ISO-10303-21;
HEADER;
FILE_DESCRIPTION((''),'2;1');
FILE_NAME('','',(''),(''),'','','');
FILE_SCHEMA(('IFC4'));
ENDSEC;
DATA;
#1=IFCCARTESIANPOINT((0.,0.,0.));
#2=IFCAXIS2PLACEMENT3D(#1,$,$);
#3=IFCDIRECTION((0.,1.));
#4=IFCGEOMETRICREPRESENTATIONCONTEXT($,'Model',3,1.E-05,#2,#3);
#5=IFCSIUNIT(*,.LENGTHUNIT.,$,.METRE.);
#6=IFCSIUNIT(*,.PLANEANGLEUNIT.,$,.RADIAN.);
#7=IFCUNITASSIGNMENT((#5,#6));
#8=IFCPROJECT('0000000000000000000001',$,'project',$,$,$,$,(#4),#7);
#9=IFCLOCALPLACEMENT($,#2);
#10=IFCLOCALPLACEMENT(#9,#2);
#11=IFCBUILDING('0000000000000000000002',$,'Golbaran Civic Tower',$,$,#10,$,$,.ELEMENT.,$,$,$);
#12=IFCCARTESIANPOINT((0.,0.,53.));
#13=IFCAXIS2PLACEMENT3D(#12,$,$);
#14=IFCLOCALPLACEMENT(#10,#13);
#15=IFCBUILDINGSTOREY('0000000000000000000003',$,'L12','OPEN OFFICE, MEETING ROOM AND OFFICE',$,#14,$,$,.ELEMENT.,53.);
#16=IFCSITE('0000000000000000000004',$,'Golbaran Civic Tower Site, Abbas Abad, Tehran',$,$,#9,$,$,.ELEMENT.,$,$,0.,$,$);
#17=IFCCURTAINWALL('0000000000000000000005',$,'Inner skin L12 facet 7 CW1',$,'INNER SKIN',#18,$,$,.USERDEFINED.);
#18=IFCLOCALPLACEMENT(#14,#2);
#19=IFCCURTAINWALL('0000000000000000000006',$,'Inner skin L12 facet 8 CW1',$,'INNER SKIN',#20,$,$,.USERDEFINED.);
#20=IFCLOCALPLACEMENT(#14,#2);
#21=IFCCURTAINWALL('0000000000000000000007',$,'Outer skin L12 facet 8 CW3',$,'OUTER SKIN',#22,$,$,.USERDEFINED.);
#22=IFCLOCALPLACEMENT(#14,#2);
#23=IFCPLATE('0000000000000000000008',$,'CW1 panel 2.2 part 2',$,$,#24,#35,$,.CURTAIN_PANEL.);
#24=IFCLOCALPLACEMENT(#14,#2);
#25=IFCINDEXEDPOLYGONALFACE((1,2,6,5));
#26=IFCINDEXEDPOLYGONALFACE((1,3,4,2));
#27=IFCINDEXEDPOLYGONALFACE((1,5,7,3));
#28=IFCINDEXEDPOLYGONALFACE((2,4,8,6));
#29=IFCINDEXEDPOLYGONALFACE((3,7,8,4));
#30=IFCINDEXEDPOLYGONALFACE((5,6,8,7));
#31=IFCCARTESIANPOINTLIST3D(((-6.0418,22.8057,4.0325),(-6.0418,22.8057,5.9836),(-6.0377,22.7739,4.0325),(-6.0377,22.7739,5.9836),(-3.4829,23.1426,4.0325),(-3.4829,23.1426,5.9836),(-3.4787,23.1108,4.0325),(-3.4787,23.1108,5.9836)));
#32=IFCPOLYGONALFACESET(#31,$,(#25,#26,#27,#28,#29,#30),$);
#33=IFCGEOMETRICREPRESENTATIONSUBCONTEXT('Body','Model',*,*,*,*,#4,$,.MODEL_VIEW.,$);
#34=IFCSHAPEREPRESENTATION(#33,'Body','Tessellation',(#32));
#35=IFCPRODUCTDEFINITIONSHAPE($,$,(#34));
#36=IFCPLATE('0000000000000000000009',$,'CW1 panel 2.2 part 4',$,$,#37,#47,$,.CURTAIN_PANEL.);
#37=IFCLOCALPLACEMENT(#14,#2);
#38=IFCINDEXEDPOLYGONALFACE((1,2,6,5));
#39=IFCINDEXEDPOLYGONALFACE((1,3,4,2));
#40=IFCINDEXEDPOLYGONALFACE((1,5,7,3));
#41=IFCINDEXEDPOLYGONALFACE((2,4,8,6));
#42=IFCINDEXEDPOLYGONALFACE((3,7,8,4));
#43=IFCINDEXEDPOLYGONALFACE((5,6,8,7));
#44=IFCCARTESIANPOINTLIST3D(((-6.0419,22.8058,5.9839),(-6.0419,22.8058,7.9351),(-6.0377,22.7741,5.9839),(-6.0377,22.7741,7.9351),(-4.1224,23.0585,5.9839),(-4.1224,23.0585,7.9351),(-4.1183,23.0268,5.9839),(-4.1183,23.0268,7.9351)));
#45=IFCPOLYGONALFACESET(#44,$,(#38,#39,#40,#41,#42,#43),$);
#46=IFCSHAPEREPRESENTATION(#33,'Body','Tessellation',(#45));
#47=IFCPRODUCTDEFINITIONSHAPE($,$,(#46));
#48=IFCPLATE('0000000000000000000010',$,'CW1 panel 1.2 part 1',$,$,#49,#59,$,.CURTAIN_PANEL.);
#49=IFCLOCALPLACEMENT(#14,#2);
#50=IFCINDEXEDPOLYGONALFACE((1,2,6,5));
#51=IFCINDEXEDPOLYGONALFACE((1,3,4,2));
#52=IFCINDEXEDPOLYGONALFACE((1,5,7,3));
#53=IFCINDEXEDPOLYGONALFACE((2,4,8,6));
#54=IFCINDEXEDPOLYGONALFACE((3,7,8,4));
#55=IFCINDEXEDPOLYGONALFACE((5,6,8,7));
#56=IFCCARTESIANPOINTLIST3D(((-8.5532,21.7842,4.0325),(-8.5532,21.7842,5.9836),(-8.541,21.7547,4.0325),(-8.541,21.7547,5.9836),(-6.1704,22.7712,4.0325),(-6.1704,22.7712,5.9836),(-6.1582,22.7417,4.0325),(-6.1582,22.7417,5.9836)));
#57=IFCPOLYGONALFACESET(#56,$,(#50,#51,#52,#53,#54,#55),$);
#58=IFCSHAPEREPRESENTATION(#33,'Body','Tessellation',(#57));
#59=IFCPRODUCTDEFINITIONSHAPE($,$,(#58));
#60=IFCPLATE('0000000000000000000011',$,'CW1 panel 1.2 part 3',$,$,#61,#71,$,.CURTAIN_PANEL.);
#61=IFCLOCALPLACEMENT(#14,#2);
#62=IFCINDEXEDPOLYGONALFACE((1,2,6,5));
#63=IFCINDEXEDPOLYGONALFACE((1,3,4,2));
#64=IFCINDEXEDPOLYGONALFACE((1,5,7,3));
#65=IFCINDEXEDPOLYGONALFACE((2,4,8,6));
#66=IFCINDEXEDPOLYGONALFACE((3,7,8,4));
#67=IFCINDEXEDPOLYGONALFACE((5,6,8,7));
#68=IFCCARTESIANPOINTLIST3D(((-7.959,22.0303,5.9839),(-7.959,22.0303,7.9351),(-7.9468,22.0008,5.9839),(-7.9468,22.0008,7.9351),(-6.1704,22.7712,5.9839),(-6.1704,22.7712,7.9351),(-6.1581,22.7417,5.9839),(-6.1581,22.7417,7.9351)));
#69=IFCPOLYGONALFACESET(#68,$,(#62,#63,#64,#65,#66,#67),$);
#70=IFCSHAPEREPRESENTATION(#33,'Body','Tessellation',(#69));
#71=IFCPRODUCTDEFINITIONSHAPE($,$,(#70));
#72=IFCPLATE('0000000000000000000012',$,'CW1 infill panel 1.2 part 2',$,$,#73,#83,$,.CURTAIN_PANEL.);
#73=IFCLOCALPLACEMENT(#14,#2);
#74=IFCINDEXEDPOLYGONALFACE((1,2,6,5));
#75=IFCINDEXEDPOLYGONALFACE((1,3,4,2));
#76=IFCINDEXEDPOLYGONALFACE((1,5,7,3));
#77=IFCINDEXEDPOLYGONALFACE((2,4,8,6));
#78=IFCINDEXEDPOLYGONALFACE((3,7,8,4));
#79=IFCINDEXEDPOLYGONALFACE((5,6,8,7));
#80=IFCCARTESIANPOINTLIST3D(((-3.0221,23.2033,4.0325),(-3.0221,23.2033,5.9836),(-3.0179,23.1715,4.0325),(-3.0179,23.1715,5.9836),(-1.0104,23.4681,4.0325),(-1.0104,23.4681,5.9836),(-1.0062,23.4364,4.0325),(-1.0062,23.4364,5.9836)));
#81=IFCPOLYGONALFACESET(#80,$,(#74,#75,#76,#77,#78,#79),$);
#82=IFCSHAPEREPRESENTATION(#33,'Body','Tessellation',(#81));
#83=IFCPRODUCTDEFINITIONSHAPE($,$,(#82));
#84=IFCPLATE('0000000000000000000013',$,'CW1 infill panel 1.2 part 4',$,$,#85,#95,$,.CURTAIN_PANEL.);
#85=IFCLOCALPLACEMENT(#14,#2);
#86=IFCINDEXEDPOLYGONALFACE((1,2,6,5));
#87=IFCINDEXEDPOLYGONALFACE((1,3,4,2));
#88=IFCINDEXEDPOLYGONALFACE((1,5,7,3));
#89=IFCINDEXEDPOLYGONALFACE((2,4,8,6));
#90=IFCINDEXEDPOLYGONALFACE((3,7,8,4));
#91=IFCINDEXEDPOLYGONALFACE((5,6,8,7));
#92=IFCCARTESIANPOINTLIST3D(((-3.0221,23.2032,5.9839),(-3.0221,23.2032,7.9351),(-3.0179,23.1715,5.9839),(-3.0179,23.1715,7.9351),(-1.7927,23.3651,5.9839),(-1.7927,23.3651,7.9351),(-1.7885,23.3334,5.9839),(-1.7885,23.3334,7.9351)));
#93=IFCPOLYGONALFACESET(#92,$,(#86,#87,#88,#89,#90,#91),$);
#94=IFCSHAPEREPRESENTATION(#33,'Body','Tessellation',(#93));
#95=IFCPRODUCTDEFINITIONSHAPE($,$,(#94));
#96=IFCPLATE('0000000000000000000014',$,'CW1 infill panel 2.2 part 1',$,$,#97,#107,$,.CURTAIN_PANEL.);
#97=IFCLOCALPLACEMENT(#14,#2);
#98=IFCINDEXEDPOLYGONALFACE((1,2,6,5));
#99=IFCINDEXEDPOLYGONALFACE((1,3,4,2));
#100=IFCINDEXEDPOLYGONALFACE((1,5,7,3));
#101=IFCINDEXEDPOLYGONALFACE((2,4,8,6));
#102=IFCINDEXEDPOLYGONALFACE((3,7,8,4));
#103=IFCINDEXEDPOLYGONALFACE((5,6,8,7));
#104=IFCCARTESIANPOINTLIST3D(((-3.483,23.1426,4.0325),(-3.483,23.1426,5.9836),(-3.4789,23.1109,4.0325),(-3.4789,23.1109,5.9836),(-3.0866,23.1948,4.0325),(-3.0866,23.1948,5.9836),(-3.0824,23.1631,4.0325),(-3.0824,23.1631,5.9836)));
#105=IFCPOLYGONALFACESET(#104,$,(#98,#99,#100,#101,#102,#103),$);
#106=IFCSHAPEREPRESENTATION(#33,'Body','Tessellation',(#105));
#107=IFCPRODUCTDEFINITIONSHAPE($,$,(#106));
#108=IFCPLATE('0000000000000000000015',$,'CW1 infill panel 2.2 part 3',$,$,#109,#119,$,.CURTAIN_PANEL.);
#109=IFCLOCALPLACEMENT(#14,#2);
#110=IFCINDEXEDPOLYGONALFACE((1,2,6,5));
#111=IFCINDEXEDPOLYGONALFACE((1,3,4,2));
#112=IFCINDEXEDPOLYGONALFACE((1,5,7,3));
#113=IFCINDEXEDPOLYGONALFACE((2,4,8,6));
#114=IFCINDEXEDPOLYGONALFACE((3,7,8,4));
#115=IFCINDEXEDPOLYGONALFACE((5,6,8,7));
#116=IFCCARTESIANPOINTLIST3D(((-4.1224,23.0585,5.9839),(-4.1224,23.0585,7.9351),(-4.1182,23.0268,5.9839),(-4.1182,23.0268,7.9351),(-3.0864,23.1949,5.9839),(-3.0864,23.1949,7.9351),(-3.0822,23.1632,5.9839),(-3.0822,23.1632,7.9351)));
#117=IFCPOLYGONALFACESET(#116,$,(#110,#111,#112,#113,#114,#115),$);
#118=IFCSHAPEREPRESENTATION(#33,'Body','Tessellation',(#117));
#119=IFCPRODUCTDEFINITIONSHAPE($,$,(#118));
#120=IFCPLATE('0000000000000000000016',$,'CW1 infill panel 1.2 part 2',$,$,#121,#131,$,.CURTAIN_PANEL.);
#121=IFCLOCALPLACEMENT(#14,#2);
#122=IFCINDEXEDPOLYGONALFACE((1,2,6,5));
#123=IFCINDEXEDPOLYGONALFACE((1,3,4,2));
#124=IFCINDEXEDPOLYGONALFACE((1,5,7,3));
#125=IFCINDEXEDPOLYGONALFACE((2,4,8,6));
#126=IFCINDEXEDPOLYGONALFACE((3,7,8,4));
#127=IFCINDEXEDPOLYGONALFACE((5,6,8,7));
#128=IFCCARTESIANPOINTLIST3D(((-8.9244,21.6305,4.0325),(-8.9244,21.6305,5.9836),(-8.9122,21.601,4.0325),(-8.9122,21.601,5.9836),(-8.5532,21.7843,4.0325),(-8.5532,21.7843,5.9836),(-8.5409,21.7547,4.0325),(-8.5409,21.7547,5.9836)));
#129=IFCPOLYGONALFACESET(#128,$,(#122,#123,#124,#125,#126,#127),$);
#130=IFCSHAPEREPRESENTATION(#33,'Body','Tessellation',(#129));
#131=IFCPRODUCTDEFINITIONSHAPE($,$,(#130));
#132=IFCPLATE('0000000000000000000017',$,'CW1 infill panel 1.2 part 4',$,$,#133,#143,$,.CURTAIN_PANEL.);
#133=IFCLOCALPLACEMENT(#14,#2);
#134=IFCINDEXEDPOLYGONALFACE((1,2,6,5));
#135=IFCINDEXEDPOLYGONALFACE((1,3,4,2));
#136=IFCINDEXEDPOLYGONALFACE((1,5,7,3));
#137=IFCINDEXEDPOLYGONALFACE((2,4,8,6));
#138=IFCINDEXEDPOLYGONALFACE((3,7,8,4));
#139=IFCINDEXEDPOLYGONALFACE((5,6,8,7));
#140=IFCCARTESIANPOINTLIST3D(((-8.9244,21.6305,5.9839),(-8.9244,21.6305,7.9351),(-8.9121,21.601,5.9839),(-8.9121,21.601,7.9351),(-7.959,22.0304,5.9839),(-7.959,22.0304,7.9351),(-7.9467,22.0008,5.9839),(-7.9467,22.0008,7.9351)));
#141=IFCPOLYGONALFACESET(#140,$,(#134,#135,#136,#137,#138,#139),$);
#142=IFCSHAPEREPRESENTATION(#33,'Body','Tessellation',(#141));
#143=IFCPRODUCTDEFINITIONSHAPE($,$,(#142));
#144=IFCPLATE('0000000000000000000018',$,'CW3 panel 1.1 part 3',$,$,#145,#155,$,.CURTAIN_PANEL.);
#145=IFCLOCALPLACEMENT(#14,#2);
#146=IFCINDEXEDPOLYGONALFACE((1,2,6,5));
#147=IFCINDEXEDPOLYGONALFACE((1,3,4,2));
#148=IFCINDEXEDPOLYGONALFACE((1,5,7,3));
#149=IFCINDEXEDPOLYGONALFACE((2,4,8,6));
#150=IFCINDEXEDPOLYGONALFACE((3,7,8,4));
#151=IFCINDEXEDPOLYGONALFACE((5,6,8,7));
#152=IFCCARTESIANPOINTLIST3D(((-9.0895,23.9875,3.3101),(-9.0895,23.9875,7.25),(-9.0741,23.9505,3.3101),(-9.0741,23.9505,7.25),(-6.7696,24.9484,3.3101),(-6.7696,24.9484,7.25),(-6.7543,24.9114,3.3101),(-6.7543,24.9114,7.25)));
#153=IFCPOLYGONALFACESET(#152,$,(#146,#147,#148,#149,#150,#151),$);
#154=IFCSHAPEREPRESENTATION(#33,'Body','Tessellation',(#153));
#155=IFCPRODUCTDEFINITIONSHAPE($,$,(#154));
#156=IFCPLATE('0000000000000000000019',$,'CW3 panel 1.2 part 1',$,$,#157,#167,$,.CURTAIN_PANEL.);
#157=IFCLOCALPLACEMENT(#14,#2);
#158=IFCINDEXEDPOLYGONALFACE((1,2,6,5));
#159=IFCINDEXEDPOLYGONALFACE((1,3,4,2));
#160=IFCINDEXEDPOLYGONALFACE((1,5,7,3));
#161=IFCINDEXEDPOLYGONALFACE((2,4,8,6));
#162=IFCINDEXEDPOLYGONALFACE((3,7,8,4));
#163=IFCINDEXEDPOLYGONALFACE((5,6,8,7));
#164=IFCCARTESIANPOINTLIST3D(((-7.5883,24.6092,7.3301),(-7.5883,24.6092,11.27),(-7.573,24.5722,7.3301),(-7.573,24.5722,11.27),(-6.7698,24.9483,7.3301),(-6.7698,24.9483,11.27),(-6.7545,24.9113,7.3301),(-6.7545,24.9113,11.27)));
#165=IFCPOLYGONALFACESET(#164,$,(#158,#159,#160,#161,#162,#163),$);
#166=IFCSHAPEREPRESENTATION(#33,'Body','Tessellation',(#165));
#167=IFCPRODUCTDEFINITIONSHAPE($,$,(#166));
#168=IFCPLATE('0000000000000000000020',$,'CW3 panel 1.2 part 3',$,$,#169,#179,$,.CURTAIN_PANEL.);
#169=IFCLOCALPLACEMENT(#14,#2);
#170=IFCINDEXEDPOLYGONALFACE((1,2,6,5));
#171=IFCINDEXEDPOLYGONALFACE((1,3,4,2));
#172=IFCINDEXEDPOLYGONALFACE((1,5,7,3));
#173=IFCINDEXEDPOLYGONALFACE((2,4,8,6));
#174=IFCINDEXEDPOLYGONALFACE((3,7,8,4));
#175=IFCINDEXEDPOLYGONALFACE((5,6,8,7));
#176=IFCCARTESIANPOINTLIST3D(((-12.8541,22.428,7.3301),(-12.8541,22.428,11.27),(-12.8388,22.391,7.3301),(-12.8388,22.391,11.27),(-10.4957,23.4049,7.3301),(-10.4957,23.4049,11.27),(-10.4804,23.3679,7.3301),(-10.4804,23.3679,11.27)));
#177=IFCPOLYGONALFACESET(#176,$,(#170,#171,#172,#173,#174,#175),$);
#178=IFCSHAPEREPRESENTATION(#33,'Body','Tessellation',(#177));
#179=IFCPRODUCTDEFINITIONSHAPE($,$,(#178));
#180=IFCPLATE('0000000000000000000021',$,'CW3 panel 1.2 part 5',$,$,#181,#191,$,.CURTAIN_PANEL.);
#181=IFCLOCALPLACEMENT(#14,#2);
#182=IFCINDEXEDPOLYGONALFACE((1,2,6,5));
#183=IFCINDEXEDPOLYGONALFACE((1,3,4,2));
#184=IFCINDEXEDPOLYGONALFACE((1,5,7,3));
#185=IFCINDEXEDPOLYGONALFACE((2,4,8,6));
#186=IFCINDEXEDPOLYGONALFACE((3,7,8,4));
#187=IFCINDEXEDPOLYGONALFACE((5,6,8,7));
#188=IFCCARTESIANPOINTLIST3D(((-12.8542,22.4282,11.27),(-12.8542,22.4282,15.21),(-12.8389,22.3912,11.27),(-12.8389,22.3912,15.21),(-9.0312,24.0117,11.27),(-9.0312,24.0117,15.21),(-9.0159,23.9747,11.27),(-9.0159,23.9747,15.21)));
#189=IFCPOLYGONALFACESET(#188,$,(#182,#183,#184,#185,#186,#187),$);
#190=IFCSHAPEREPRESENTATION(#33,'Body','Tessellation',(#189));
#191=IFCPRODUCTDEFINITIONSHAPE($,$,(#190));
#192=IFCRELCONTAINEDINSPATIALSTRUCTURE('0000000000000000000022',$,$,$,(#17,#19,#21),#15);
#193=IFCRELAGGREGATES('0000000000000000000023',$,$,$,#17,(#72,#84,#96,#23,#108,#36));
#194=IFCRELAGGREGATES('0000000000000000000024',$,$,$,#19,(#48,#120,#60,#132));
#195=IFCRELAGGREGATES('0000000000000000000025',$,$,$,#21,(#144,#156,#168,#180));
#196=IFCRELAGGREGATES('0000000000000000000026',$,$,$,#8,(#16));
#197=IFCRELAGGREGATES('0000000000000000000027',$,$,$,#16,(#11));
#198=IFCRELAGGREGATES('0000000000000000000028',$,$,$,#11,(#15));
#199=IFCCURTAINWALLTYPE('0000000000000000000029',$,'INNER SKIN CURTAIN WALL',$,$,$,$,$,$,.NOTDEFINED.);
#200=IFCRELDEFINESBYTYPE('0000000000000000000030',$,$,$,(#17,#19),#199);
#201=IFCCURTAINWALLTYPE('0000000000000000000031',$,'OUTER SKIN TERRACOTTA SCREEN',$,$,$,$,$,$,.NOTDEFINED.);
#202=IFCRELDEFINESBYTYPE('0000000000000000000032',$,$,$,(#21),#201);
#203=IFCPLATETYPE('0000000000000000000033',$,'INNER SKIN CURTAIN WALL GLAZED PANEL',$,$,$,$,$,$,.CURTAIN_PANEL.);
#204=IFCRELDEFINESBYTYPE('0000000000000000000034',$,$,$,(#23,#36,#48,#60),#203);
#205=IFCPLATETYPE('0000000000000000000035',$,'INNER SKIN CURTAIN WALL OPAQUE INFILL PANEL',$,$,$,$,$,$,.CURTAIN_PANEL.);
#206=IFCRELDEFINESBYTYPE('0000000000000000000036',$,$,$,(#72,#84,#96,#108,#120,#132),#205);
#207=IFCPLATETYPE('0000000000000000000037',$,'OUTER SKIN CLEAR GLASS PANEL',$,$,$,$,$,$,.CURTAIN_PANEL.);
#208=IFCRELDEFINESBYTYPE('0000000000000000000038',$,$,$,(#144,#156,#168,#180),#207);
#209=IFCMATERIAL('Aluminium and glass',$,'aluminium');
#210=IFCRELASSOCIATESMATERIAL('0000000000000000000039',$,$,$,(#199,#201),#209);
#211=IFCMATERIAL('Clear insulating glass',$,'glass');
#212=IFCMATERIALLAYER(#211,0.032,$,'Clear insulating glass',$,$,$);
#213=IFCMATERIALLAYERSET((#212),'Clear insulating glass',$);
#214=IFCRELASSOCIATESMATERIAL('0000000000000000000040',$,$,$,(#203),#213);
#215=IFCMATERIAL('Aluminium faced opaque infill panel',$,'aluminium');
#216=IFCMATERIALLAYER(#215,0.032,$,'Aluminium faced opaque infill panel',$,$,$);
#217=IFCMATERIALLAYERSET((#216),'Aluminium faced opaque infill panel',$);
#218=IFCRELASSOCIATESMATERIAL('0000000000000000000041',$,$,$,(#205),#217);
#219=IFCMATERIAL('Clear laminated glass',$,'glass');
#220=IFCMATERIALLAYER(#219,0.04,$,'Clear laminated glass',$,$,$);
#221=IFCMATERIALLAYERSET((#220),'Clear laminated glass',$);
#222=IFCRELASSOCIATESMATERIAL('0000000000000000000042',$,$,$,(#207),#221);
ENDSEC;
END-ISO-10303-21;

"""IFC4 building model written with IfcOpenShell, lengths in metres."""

from ifc_helpers import new_model, si_unit, direction, frame, origin, origin_2d, place, context, subcontext, project, spatial, rectangle, extrude, material, layer, layer_set, type_object, element, aggregate, save


model = new_model("IFC4")

# Units and contexts
model_context = context("Model", 3, precision=1e-05, world=origin(), true_north=direction((0.0, 1.0)))
body_context = subcontext(model_context, "Body", "Model", "MODEL_VIEW")
ifc_project = project(units=[si_unit("LENGTHUNIT", "METRE"), si_unit("PLANEANGLEUNIT", "RADIAN")], contexts=[model_context])

# Site, building, storey
site_placement = place(None, origin())
site = spatial("IfcSite", under=ifc_project, at=site_placement, Name="Golbaran Civic Tower Site, Abbas Abad, Tehran", CompositionType="ELEMENT", RefElevation=0.0)
building_placement = place(site_placement, origin())
building = spatial("IfcBuilding", under=site, at=building_placement, Name="Golbaran Civic Tower", CompositionType="ELEMENT")
storey_placement = place(building_placement, frame((0.0, 0.0, 53.0)))
storey = spatial("IfcBuildingStorey", under=building, at=storey_placement, Name="L12", Description="OPEN OFFICE, MEETING ROOM AND OFFICE", CompositionType="ELEMENT", Elevation=53.0)

# Curtain walls
ifc_material_1 = material(Name="Aluminium and glass", Category="aluminium")
curtain_wall_type_1 = type_object("IfcCurtainWallType", Name="INNER SKIN CURTAIN WALL", PredefinedType="NOTDEFINED", material=ifc_material_1)
curtain_wall_1_placement = place(storey_placement, origin())
curtain_wall_1 = element("IfcCurtainWall", 1, at=curtain_wall_1_placement, inside=storey, type_object=curtain_wall_type_1, Name="Inner skin L12 facet 7 CW1", ObjectType="INNER SKIN", PredefinedType="USERDEFINED")
curtain_wall_2_placement = place(storey_placement, origin())
curtain_wall_2 = element("IfcCurtainWall", 2, at=curtain_wall_2_placement, inside=storey, type_object=curtain_wall_type_1, Name="Inner skin L12 facet 8 CW1", ObjectType="INNER SKIN", PredefinedType="USERDEFINED")
curtain_wall_type_2 = type_object("IfcCurtainWallType", Name="OUTER SKIN TERRACOTTA SCREEN", PredefinedType="NOTDEFINED", material=ifc_material_1)
curtain_wall_3_placement = place(storey_placement, origin())
curtain_wall_3 = element("IfcCurtainWall", 3, at=curtain_wall_3_placement, inside=storey, type_object=curtain_wall_type_2, Name="Outer skin L12 facet 8 CW3", ObjectType="OUTER SKIN", PredefinedType="USERDEFINED")

# Plates
ifc_material_2 = material(Name="Clear insulating glass", Category="glass")
ifc_layer_1 = layer(ifc_material_2, 0.032, Name="Clear insulating glass")
ifc_layer_set_1 = layer_set([ifc_layer_1], Name="Clear insulating glass")
plate_type_1 = type_object("IfcPlateType", Name="INNER SKIN CURTAIN WALL GLAZED PANEL", PredefinedType="CURTAIN_PANEL", material=ifc_layer_set_1)
plate_1_placement = place(storey_placement, frame((-4.7603, 22.9583, 4.0325), z_axis=(0.0, 0.0, 1.0), x_axis=(-0.991445, -0.130526, 0.0)))
plate_1 = element("IfcPlate", 4, at=plate_1_placement, type_object=plate_type_1, Name="CW1 panel 2.2 part 2", PredefinedType="CURTAIN_PANEL", context=body_context, shape_type="SweptSolid", body=[
    extrude(rectangle(XDim=2.5811, YDim=0.032, at=origin_2d()), origin(), (0.0, 0.0, 1.0), 1.9512),
])
plate_2_placement = place(storey_placement, frame((-5.0801, 22.9163, 5.9839), z_axis=(0.0, 0.0, 1.0), x_axis=(-0.991445, -0.130526, 0.0)))
plate_2 = element("IfcPlate", 5, at=plate_2_placement, type_object=plate_type_1, Name="CW1 panel 2.2 part 4", PredefinedType="CURTAIN_PANEL", context=body_context, shape_type="SweptSolid", body=[
    extrude(rectangle(XDim=1.936, YDim=0.032, at=origin_2d()), origin(), (0.0, 0.0, 1.0), 1.9512),
])
plate_3_placement = place(storey_placement, frame((-7.3557, 22.2629, 4.0325), z_axis=(0.0, 0.0, 1.0), x_axis=(-0.92388, -0.382683, 0.0)))
plate_3 = element("IfcPlate", 6, at=plate_3_placement, type_object=plate_type_1, Name="CW1 panel 1.2 part 1", PredefinedType="CURTAIN_PANEL", context=body_context, shape_type="SweptSolid", body=[
    extrude(rectangle(XDim=2.5791, YDim=0.032, at=origin_2d()), origin(), (0.0, 0.0, 1.0), 1.9512),
])
plate_4_placement = place(storey_placement, frame((-7.0586, 22.386, 5.9839), z_axis=(0.0, 0.0, 1.0), x_axis=(-0.92388, -0.382683, 0.0)))
plate_4 = element("IfcPlate", 7, at=plate_4_placement, type_object=plate_type_1, Name="CW1 panel 1.2 part 3", PredefinedType="CURTAIN_PANEL", context=body_context, shape_type="SweptSolid", body=[
    extrude(rectangle(XDim=1.936, YDim=0.032, at=origin_2d()), origin(), (0.0, 0.0, 1.0), 1.9512),
])
ifc_material_3 = material(Name="Aluminium faced opaque infill panel", Category="aluminium")
ifc_layer_2 = layer(ifc_material_3, 0.032, Name="Aluminium faced opaque infill panel")
ifc_layer_set_2 = layer_set([ifc_layer_2], Name="Aluminium faced opaque infill panel")
plate_type_2 = type_object("IfcPlateType", Name="INNER SKIN CURTAIN WALL OPAQUE INFILL PANEL", PredefinedType="CURTAIN_PANEL", material=ifc_layer_set_2)
plate_5_placement = place(storey_placement, frame((-2.0142, 23.3198, 4.0325), z_axis=(0.0, 0.0, 1.0), x_axis=(-0.991445, -0.130526, 0.0)))
plate_5 = element("IfcPlate", 8, at=plate_5_placement, type_object=plate_type_2, Name="CW1 infill panel 1.2 part 2", PredefinedType="CURTAIN_PANEL", context=body_context, shape_type="SweptSolid", body=[
    extrude(rectangle(XDim=2.0291, YDim=0.032, at=origin_2d()), origin(), (0.0, 0.0, 1.0), 1.9512),
])
plate_6_placement = place(storey_placement, frame((-2.4053, 23.2683, 5.9839), z_axis=(0.0, 0.0, 1.0), x_axis=(-0.991445, -0.130526, 0.0)))
plate_6 = element("IfcPlate", 9, at=plate_6_placement, type_object=plate_type_2, Name="CW1 infill panel 1.2 part 4", PredefinedType="CURTAIN_PANEL", context=body_context, shape_type="SweptSolid", body=[
    extrude(rectangle(XDim=1.24, YDim=0.032, at=origin_2d()), origin(), (0.0, 0.0, 1.0), 1.9512),
])
plate_7_placement = place(storey_placement, frame((-3.2827, 23.1528, 4.0325), z_axis=(0.0, 0.0, 1.0), x_axis=(-0.991445, -0.130526, 0.0)))
plate_7 = element("IfcPlate", 10, at=plate_7_placement, type_object=plate_type_2, Name="CW1 infill panel 2.2 part 1", PredefinedType="CURTAIN_PANEL", context=body_context, shape_type="SweptSolid", body=[
    extrude(rectangle(XDim=0.3999, YDim=0.032, at=origin_2d()), origin(), (0.0, 0.0, 1.0), 1.9512),
])
plate_8_placement = place(storey_placement, frame((-3.6023, 23.1108, 5.9839), z_axis=(0.0, 0.0, 1.0), x_axis=(-0.991445, -0.130526, 0.0)))
plate_8 = element("IfcPlate", 11, at=plate_8_placement, type_object=plate_type_2, Name="CW1 infill panel 2.2 part 3", PredefinedType="CURTAIN_PANEL", context=body_context, shape_type="SweptSolid", body=[
    extrude(rectangle(XDim=1.0449, YDim=0.032, at=origin_2d()), origin(), (0.0, 0.0, 1.0), 1.9512),
])
aggregate(curtain_wall_1, [plate_5, plate_6, plate_7, plate_1, plate_8, plate_2])
plate_9_placement = place(storey_placement, frame((-8.7327, 21.6926, 4.0325), z_axis=(0.0, 0.0, 1.0), x_axis=(-0.92388, -0.382683, 0.0)))
plate_9 = element("IfcPlate", 12, at=plate_9_placement, type_object=plate_type_2, Name="CW1 infill panel 1.2 part 2", PredefinedType="CURTAIN_PANEL", context=body_context, shape_type="SweptSolid", body=[
    extrude(rectangle(XDim=0.4019, YDim=0.032, at=origin_2d()), origin(), (0.0, 0.0, 1.0), 1.9512),
])
plate_10_placement = place(storey_placement, frame((-8.4355, 21.8157, 5.9839), z_axis=(0.0, 0.0, 1.0), x_axis=(-0.92388, -0.382683, 0.0)))
plate_10 = element("IfcPlate", 13, at=plate_10_placement, type_object=plate_type_2, Name="CW1 infill panel 1.2 part 4", PredefinedType="CURTAIN_PANEL", context=body_context, shape_type="SweptSolid", body=[
    extrude(rectangle(XDim=1.0449, YDim=0.032, at=origin_2d()), origin(), (0.0, 0.0, 1.0), 1.9512),
])
aggregate(curtain_wall_2, [plate_3, plate_9, plate_4, plate_10])
ifc_material_4 = material(Name="Clear laminated glass", Category="glass")
ifc_layer_3 = layer(ifc_material_4, 0.04, Name="Clear laminated glass")
ifc_layer_set_3 = layer_set([ifc_layer_3], Name="Clear laminated glass")
plate_type_3 = type_object("IfcPlateType", Name="OUTER SKIN CLEAR GLASS PANEL", PredefinedType="CURTAIN_PANEL", material=ifc_layer_set_3)
plate_11_placement = place(storey_placement, frame((-7.9219, 24.4495, 3.3101), z_axis=(0.0, 0.0, 1.0), x_axis=(-0.92388, -0.382683, 0.0)))
plate_11 = element("IfcPlate", 14, at=plate_11_placement, type_object=plate_type_3, Name="CW3 panel 1.1 part 3", PredefinedType="CURTAIN_PANEL", context=body_context, shape_type="SweptSolid", body=[
    extrude(rectangle(XDim=2.511, YDim=0.04, at=origin_2d()), origin(), (0.0, 0.0, 1.0), 3.9399),
])
plate_12_placement = place(storey_placement, frame((-7.1714, 24.7603, 7.3301), z_axis=(0.0, 0.0, 1.0), x_axis=(-0.92388, -0.382683, 0.0)))
plate_12 = element("IfcPlate", 15, at=plate_12_placement, type_object=plate_type_3, Name="CW3 panel 1.2 part 1", PredefinedType="CURTAIN_PANEL", context=body_context, shape_type="SweptSolid", body=[
    extrude(rectangle(XDim=0.886, YDim=0.04, at=origin_2d()), origin(), (0.0, 0.0, 1.0), 3.9399),
])
plate_13_placement = place(storey_placement, frame((-11.6672, 22.8979, 7.3301), z_axis=(0.0, 0.0, 1.0), x_axis=(-0.92388, -0.382683, 0.0)))
plate_13 = element("IfcPlate", 16, at=plate_13_placement, type_object=plate_type_3, Name="CW3 panel 1.2 part 3", PredefinedType="CURTAIN_PANEL", context=body_context, shape_type="SweptSolid", body=[
    extrude(rectangle(XDim=2.5527, YDim=0.04, at=origin_2d()), origin(), (0.0, 0.0, 1.0), 3.9399),
])
plate_14_placement = place(storey_placement, frame((-10.9351, 23.2014, 11.27), z_axis=(0.0, 0.0, 1.0), x_axis=(-0.92388, -0.382683, 0.0)))
plate_14 = element("IfcPlate", 17, at=plate_14_placement, type_object=plate_type_3, Name="CW3 panel 1.2 part 5", PredefinedType="CURTAIN_PANEL", context=body_context, shape_type="SweptSolid", body=[
    extrude(rectangle(XDim=4.1379, YDim=0.04, at=origin_2d()), origin(), (0.0, 0.0, 1.0), 3.9399),
])
aggregate(curtain_wall_3, [plate_11, plate_12, plate_13, plate_14])

save(model, "model.ifc")
